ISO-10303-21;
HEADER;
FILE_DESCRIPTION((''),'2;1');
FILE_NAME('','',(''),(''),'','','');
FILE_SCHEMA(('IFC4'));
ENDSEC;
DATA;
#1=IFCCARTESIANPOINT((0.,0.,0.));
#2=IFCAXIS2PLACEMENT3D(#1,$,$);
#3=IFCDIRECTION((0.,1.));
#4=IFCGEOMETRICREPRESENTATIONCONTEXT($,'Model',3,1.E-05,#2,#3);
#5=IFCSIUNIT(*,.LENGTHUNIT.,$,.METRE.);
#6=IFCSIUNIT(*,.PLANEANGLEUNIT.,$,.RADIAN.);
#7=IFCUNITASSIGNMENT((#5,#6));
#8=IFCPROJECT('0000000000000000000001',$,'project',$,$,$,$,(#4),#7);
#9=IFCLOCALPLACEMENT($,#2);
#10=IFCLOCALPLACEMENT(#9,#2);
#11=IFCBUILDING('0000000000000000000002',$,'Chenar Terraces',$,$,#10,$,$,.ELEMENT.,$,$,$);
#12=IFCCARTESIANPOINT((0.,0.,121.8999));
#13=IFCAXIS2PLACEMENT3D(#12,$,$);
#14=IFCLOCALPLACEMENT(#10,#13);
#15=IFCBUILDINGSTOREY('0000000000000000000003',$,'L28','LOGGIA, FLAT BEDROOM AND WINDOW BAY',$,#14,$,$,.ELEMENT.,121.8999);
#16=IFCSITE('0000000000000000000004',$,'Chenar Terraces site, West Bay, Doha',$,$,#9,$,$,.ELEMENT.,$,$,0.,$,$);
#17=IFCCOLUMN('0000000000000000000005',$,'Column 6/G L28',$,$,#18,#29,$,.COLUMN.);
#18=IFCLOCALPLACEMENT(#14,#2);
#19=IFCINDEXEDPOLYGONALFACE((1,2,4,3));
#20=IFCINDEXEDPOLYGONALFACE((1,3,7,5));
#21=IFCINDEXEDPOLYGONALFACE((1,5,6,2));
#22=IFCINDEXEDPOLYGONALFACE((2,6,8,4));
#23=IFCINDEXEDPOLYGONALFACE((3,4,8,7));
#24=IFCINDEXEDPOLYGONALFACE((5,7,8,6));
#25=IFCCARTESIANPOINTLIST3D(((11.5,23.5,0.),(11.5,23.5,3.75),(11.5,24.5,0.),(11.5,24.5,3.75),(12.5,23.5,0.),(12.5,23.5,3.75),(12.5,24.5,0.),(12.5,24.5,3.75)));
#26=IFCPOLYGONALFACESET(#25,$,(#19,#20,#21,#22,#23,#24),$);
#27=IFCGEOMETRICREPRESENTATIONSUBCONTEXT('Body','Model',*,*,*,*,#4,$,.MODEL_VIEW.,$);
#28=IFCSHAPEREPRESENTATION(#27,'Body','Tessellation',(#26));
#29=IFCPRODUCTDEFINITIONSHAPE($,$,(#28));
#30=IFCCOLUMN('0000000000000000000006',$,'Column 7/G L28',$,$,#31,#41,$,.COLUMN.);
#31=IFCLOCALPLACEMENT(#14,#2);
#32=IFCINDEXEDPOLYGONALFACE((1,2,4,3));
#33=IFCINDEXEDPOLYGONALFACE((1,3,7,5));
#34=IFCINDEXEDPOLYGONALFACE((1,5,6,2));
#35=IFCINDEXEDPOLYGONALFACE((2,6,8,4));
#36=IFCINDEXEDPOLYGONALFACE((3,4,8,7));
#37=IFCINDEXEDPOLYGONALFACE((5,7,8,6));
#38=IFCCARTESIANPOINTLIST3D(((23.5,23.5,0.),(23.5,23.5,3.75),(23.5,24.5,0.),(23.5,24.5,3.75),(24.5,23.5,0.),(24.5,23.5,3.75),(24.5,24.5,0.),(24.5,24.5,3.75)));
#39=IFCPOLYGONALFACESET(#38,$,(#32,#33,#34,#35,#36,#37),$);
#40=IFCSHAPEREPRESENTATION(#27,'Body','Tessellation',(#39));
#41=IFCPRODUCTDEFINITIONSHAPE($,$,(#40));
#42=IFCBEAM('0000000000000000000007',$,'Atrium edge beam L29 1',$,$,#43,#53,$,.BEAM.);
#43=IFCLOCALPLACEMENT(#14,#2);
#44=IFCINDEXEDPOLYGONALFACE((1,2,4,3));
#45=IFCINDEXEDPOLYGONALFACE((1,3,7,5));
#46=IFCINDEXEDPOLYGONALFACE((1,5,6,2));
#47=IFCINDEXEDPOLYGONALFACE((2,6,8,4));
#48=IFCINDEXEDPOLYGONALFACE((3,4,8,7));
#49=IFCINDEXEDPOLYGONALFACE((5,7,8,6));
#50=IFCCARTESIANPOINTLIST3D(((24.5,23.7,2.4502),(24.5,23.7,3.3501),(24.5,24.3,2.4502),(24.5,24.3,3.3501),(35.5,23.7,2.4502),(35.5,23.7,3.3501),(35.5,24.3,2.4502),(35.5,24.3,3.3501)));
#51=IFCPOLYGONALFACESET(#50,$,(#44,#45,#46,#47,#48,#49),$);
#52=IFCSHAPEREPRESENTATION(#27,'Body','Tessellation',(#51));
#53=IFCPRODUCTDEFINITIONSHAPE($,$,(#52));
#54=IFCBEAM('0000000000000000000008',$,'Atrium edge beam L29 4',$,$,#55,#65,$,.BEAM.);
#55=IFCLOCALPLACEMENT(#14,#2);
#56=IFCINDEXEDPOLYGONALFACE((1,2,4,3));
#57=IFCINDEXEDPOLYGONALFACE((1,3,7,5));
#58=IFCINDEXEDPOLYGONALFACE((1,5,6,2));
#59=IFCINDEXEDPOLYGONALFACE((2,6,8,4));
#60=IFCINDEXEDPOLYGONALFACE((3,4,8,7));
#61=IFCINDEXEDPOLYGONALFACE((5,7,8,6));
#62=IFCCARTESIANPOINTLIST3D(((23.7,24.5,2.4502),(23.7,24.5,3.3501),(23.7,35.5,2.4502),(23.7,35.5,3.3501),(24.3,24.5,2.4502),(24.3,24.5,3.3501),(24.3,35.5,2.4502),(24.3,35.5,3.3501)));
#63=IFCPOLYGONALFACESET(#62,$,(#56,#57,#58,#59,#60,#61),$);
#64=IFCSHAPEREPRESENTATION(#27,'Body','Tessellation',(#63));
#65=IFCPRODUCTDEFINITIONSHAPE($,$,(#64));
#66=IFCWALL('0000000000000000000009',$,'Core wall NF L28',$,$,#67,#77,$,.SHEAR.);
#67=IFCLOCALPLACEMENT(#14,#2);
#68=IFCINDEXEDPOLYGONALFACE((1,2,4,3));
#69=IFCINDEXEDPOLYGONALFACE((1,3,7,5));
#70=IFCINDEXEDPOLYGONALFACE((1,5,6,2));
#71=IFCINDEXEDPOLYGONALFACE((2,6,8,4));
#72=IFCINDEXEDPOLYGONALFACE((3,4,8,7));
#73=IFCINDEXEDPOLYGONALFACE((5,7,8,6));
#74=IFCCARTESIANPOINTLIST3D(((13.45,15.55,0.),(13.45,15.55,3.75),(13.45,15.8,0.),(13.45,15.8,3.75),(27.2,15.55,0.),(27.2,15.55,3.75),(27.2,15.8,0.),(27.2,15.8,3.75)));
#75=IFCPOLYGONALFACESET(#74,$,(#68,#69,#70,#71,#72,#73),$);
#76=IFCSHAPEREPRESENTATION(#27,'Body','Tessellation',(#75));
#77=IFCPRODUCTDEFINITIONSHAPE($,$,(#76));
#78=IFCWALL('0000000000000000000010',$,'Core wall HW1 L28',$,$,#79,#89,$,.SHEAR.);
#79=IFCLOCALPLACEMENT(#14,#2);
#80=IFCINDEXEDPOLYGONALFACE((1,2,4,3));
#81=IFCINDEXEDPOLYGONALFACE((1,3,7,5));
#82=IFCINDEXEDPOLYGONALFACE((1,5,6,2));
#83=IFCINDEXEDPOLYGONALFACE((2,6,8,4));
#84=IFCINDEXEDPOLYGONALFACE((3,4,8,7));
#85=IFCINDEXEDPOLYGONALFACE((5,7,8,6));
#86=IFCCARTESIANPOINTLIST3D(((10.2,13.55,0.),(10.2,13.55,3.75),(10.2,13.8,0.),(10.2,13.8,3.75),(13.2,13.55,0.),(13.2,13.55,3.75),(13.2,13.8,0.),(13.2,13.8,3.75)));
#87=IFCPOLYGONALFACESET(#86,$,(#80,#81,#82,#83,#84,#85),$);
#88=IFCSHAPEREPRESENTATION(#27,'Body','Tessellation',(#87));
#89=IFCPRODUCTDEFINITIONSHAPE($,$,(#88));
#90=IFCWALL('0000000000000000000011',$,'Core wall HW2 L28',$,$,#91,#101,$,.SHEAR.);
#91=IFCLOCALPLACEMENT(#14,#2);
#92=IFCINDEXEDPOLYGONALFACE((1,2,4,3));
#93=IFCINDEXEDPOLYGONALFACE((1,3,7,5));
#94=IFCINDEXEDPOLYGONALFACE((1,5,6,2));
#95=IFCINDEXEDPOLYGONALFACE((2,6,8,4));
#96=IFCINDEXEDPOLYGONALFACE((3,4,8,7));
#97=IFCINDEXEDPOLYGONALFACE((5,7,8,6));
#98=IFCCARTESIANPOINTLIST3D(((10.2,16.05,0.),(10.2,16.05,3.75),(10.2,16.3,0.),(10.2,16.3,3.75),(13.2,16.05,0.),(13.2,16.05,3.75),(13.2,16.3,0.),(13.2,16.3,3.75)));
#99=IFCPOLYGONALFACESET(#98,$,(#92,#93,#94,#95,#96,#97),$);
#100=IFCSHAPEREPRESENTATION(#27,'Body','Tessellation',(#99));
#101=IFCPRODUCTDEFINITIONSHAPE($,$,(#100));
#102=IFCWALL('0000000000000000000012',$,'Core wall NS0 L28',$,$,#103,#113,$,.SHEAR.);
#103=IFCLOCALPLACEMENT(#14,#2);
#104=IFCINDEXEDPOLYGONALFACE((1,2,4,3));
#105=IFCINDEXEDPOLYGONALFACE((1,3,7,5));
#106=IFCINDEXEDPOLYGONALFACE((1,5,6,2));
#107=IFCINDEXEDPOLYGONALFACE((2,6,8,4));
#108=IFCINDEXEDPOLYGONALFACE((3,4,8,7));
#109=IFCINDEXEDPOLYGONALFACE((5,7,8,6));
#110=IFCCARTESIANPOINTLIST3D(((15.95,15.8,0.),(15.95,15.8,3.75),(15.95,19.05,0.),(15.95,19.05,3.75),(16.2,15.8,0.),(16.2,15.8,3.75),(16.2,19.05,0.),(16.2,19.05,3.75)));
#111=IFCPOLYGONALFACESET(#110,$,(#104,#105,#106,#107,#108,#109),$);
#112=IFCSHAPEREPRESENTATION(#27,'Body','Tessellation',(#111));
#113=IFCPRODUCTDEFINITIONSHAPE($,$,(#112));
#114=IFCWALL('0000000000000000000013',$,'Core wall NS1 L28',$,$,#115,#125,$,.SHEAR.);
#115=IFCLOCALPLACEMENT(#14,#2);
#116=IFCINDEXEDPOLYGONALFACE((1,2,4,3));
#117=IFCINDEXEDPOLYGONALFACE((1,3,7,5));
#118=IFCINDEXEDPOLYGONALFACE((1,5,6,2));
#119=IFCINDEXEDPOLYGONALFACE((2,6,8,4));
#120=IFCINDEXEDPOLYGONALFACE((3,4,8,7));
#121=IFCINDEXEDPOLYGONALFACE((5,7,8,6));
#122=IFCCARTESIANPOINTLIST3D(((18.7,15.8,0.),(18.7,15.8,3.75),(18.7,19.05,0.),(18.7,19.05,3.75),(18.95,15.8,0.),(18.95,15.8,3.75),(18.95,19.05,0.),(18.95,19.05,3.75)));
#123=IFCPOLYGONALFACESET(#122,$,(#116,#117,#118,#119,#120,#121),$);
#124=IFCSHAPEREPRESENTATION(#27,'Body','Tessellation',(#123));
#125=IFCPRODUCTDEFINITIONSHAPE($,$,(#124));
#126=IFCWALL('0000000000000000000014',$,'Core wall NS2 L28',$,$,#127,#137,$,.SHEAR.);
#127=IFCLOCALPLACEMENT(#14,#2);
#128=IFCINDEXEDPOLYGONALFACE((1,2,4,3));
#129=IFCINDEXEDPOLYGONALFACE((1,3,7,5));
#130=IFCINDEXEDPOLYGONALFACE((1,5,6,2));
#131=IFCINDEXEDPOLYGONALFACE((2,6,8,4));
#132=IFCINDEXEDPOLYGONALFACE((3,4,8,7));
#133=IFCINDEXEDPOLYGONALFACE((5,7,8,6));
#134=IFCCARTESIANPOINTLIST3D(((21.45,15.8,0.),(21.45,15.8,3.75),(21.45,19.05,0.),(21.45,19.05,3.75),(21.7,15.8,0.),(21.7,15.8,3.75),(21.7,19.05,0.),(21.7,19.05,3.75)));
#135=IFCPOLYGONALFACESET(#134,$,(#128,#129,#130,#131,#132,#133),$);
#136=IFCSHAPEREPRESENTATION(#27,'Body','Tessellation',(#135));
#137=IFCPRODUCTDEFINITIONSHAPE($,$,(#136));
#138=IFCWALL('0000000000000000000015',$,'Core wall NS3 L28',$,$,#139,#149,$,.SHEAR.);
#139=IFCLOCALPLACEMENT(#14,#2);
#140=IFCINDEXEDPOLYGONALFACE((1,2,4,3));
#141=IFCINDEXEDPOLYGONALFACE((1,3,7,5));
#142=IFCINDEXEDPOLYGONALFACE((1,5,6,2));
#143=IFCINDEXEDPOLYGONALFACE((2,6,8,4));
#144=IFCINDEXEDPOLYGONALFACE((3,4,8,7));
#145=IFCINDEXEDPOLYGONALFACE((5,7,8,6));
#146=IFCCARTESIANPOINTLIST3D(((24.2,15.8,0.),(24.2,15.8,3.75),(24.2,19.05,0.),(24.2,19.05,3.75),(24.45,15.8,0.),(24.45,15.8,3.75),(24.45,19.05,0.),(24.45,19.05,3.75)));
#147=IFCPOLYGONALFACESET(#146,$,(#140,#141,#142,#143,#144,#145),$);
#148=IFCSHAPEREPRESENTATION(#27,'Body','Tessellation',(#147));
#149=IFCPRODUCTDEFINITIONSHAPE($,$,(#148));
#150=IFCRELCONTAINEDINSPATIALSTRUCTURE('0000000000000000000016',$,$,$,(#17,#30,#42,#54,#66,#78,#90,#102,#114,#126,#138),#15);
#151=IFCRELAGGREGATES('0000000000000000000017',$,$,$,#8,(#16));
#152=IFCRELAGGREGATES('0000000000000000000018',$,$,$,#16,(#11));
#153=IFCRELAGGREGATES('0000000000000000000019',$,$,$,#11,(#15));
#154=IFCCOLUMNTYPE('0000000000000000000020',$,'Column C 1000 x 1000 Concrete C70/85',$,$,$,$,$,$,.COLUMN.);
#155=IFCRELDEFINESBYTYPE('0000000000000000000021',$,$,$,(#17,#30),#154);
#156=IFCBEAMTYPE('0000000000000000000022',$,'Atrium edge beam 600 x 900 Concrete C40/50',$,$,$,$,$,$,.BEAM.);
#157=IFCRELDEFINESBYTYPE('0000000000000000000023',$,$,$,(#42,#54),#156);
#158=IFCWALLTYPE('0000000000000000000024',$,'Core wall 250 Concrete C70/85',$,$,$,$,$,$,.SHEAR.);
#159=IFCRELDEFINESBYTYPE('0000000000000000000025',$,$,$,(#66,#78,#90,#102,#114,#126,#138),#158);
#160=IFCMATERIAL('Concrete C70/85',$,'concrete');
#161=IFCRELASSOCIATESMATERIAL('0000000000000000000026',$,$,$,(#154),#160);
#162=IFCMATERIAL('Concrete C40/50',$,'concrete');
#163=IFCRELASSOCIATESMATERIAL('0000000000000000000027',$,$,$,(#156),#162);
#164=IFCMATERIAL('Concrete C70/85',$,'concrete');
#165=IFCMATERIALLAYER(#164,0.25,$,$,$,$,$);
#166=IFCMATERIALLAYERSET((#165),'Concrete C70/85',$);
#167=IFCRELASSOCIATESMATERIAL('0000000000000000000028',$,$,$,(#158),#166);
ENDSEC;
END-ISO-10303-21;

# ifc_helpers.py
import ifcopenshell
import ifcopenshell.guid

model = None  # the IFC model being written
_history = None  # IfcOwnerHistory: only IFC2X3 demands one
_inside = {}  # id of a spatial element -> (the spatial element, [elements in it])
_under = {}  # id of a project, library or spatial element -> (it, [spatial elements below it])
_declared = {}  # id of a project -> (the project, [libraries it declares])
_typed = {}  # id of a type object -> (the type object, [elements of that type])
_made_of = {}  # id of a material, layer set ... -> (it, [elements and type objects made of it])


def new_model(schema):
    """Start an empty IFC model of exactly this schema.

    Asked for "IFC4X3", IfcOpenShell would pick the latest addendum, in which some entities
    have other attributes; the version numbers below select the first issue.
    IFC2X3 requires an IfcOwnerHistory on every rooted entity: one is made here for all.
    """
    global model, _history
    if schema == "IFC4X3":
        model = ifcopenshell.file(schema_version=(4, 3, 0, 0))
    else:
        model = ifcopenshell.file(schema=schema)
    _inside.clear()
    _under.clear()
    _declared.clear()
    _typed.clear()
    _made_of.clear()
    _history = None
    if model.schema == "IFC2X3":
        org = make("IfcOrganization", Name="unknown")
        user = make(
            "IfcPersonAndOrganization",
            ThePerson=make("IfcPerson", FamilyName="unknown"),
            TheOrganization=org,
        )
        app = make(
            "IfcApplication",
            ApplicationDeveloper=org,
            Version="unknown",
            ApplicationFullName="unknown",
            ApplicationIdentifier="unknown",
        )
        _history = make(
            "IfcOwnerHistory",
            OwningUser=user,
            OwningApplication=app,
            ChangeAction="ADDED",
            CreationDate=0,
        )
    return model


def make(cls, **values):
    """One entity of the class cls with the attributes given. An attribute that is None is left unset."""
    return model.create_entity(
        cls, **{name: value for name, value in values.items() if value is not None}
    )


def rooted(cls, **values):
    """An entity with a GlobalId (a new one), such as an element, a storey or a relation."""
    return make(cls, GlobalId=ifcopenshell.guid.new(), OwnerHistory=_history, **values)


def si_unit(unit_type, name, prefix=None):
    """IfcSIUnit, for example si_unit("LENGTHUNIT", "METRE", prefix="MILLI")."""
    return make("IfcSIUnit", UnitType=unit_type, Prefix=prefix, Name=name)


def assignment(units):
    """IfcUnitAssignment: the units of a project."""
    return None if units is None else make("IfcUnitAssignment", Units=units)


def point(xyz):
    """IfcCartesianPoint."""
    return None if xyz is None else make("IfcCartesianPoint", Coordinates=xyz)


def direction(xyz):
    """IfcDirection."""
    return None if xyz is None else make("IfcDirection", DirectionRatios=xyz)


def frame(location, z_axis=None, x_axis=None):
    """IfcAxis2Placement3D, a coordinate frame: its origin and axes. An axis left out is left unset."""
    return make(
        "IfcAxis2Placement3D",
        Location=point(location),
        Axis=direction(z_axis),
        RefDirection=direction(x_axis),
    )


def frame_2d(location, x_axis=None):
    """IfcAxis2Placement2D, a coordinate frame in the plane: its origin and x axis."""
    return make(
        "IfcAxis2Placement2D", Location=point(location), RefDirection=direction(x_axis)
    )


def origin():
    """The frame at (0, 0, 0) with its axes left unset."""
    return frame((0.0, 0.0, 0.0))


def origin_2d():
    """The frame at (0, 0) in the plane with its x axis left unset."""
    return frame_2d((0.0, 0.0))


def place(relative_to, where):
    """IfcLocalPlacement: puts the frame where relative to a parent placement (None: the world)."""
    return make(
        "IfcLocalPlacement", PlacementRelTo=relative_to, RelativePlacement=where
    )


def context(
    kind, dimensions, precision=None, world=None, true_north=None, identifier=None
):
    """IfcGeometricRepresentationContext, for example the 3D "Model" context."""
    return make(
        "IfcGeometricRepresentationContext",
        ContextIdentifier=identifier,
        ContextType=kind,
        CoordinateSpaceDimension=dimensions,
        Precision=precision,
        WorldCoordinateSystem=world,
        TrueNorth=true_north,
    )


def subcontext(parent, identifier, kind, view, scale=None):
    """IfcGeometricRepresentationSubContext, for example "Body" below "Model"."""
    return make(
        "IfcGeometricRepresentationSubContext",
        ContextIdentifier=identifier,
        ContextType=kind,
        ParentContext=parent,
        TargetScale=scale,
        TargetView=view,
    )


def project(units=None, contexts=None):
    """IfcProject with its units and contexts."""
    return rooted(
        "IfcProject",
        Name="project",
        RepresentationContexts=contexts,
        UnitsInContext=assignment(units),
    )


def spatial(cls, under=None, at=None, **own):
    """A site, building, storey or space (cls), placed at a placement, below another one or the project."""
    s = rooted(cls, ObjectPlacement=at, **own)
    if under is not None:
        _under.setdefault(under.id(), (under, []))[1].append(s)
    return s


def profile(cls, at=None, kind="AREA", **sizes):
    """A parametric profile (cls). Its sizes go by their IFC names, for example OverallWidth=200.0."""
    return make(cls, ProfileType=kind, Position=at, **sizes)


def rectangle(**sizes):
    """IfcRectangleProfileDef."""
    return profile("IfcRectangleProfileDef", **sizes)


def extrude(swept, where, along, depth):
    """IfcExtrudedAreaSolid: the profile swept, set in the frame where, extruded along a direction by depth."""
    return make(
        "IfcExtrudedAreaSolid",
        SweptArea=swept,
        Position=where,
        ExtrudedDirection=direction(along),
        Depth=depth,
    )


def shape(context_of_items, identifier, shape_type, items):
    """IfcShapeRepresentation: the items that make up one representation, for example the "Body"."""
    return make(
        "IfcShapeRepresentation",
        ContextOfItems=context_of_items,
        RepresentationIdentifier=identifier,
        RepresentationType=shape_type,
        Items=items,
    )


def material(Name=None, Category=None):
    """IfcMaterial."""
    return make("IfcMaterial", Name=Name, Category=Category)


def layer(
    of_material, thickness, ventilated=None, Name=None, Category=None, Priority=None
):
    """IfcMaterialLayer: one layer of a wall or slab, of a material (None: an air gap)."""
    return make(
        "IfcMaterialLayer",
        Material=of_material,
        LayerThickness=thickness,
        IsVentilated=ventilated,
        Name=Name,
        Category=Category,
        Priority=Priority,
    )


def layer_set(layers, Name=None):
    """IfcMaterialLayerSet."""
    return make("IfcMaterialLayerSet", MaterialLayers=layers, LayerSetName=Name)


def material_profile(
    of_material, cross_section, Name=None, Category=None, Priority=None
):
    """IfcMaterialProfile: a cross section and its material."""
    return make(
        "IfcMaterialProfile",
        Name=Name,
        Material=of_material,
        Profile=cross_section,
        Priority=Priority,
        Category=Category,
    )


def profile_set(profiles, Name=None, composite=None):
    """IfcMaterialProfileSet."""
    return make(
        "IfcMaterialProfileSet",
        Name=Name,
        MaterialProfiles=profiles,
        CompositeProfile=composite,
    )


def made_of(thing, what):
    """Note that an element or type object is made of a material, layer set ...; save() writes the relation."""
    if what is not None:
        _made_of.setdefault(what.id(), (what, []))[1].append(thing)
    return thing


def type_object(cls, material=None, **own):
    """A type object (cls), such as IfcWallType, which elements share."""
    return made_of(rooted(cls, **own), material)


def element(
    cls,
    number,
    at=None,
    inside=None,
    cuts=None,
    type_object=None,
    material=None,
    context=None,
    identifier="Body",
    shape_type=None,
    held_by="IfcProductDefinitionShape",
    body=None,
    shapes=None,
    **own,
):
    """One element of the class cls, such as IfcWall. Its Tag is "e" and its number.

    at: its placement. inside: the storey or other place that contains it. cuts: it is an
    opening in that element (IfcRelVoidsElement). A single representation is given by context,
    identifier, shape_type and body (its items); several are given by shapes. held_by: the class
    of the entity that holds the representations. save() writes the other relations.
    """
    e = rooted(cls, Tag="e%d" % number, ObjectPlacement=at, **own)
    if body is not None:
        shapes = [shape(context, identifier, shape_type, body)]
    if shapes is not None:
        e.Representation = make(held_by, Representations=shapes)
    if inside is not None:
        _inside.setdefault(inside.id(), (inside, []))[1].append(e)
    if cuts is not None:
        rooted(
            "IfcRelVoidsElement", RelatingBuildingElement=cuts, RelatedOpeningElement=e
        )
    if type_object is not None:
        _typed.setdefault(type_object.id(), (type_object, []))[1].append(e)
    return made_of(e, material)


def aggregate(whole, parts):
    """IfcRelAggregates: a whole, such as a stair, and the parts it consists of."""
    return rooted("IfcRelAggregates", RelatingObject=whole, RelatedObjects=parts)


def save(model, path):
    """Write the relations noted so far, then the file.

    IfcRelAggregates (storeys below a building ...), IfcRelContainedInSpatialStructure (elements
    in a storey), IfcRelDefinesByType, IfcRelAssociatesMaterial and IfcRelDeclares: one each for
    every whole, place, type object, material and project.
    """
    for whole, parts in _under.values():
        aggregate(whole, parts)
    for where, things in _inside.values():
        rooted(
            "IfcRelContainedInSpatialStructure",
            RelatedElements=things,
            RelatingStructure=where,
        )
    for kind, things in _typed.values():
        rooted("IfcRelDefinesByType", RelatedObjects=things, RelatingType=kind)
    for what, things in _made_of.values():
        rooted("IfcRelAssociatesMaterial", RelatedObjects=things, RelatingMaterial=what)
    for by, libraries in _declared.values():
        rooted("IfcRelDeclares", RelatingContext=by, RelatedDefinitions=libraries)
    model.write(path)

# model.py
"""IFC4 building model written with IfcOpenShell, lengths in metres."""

from ifc_helpers import new_model, si_unit, direction, frame, frame_2d, origin, origin_2d, place, context, subcontext, project, spatial, rectangle, extrude, material, layer, layer_set, material_profile, profile_set, type_object, element, save


model = new_model("IFC4")

# Units and contexts
model_context = context("Model", 3, precision=1e-05, world=origin(), true_north=direction((0.0, 1.0)))
body_context = subcontext(model_context, "Body", "Model", "MODEL_VIEW")
ifc_project = project(units=[si_unit("LENGTHUNIT", "METRE"), si_unit("PLANEANGLEUNIT", "RADIAN")], contexts=[model_context])

# Site, building, storey
site_placement = place(None, origin())
site = spatial("IfcSite", under=ifc_project, at=site_placement, Name="Chenar Terraces site, West Bay, Doha", CompositionType="ELEMENT", RefElevation=0.0)
building_placement = place(site_placement, origin())
building = spatial("IfcBuilding", under=site, at=building_placement, Name="Chenar Terraces", CompositionType="ELEMENT")
storey_placement = place(building_placement, frame((0.0, 0.0, 121.8999)))
storey = spatial("IfcBuildingStorey", under=building, at=storey_placement, Name="L28", Description="LOGGIA, FLAT BEDROOM AND WINDOW BAY", CompositionType="ELEMENT", Elevation=121.8999)

# Columns
ifc_material_1 = material(Name="Concrete C70/85", Category="concrete")
ifc_material_profile_1 = material_profile(ifc_material_1, rectangle(XDim=1.0, YDim=1.0, at=origin_2d()), Name="C 1000 x 1000")
ifc_profile_set_1 = profile_set([ifc_material_profile_1], Name="Concrete C70/85")
column_type = type_object("IfcColumnType", Name="Column C 1000 x 1000 Concrete C70/85", PredefinedType="COLUMN", material=ifc_profile_set_1)
for number, where, z_axis, x_axis, name in (
    (1, (12.0, 24.0, 0.0), (0.0, 0.0, 1.0), (1.0, 0.0, 0.0), "Column 6/G L28"),
    (2, (24.0, 24.0, 0.0), (0.0, 0.0, 1.0), (1.0, 0.0, 0.0), "Column 7/G L28"),
):
    element("IfcColumn", number, at=place(storey_placement, frame(where, z_axis=z_axis, x_axis=x_axis)), inside=storey, type_object=column_type, Name=name, PredefinedType="COLUMN", context=body_context, shape_type="SweptSolid", body=[
        extrude(rectangle(XDim=1.0, YDim=1.0, at=origin_2d()), origin(), (0.0, 0.0, 1.0), 3.75),
    ])

# Beams
ifc_material_2 = material(Name="Concrete C40/50", Category="concrete")
ifc_material_profile_2 = material_profile(ifc_material_2, rectangle(XDim=0.6001, YDim=0.8999, at=origin_2d()), Name="RC 600 x 900")
ifc_profile_set_2 = profile_set([ifc_material_profile_2], Name="Concrete C40/50")
beam_type = type_object("IfcBeamType", Name="Atrium edge beam 600 x 900 Concrete C40/50", PredefinedType="BEAM", material=ifc_profile_set_2)
for number, where, z_axis, x_axis, name in (
    (3, (24.5, 24.0, 2.9001), (1.0, 0.0, 0.0), (0.0, 1.0, 0.0), "Atrium edge beam L29 1"),
    (4, (24.0, 35.5, 2.9001), (0.0, -1.0, 0.0), (1.0, 0.0, 0.0), "Atrium edge beam L29 4"),
):
    element("IfcBeam", number, at=place(storey_placement, frame(where, z_axis=z_axis, x_axis=x_axis)), inside=storey, type_object=beam_type, Name=name, PredefinedType="BEAM", context=body_context, shape_type="SweptSolid", body=[
        extrude(rectangle(XDim=0.6001, YDim=0.8999, at=origin_2d()), origin(), (0.0, 0.0, 1.0), 11.0),
    ])

# Walls
ifc_material_3 = material(Name="Concrete C70/85", Category="concrete")
ifc_layer_1 = layer(ifc_material_3, 0.25)
ifc_layer_set_1 = layer_set([ifc_layer_1], Name="Concrete C70/85")
wall_type_1 = type_object("IfcWallType", Name="Core wall 250 Concrete C70/85", PredefinedType="SHEAR", material=ifc_layer_set_1)
wall_1_placement = place(storey_placement, frame((13.45, 15.675, 0.0), z_axis=(0.0, 0.0, 1.0), x_axis=(1.0, 0.0, 0.0)))
element("IfcWall", 5, at=wall_1_placement, inside=storey, type_object=wall_type_1, Name="Core wall NF L28", PredefinedType="SHEAR", context=body_context, shape_type="SweptSolid", body=[
    extrude(rectangle(XDim=13.75, YDim=0.25, at=frame_2d((6.875, 0.0))), origin(), (0.0, 0.0, 1.0), 3.75),
])
for number, where, z_axis, x_axis, name in (
    (6, (10.2, 13.675, 0.0), (0.0, 0.0, 1.0), (1.0, 0.0, 0.0), "Core wall HW1 L28"),
    (7, (10.2, 16.175, 0.0), (0.0, 0.0, 1.0), (1.0, 0.0, 0.0), "Core wall HW2 L28"),
):
    element("IfcWall", number, at=place(storey_placement, frame(where, z_axis=z_axis, x_axis=x_axis)), inside=storey, type_object=wall_type_1, Name=name, PredefinedType="SHEAR", context=body_context, shape_type="SweptSolid", body=[
        extrude(rectangle(XDim=3.0, YDim=0.25, at=frame_2d((1.5, 0.0))), origin(), (0.0, 0.0, 1.0), 3.75),
    ])
for number, where, z_axis, x_axis, name in (
    (8, (16.075, 15.8, 0.0), (0.0, 0.0, 1.0), (0.0, 1.0, 0.0), "Core wall NS0 L28"),
    (9, (18.825, 15.8, 0.0), (0.0, 0.0, 1.0), (0.0, 1.0, 0.0), "Core wall NS1 L28"),
    (10, (21.575, 15.8, 0.0), (0.0, 0.0, 1.0), (0.0, 1.0, 0.0), "Core wall NS2 L28"),
    (11, (24.325, 15.8, 0.0), (0.0, 0.0, 1.0), (0.0, 1.0, 0.0), "Core wall NS3 L28"),
):
    element("IfcWall", number, at=place(storey_placement, frame(where, z_axis=z_axis, x_axis=x_axis)), inside=storey, type_object=wall_type_1, Name=name, PredefinedType="SHEAR", context=body_context, shape_type="SweptSolid", body=[
        extrude(rectangle(XDim=3.25, YDim=0.25, at=frame_2d((1.625, 0.0))), origin(), (0.0, 0.0, 1.0), 3.75),
    ])

save(model, "model.ifc")
